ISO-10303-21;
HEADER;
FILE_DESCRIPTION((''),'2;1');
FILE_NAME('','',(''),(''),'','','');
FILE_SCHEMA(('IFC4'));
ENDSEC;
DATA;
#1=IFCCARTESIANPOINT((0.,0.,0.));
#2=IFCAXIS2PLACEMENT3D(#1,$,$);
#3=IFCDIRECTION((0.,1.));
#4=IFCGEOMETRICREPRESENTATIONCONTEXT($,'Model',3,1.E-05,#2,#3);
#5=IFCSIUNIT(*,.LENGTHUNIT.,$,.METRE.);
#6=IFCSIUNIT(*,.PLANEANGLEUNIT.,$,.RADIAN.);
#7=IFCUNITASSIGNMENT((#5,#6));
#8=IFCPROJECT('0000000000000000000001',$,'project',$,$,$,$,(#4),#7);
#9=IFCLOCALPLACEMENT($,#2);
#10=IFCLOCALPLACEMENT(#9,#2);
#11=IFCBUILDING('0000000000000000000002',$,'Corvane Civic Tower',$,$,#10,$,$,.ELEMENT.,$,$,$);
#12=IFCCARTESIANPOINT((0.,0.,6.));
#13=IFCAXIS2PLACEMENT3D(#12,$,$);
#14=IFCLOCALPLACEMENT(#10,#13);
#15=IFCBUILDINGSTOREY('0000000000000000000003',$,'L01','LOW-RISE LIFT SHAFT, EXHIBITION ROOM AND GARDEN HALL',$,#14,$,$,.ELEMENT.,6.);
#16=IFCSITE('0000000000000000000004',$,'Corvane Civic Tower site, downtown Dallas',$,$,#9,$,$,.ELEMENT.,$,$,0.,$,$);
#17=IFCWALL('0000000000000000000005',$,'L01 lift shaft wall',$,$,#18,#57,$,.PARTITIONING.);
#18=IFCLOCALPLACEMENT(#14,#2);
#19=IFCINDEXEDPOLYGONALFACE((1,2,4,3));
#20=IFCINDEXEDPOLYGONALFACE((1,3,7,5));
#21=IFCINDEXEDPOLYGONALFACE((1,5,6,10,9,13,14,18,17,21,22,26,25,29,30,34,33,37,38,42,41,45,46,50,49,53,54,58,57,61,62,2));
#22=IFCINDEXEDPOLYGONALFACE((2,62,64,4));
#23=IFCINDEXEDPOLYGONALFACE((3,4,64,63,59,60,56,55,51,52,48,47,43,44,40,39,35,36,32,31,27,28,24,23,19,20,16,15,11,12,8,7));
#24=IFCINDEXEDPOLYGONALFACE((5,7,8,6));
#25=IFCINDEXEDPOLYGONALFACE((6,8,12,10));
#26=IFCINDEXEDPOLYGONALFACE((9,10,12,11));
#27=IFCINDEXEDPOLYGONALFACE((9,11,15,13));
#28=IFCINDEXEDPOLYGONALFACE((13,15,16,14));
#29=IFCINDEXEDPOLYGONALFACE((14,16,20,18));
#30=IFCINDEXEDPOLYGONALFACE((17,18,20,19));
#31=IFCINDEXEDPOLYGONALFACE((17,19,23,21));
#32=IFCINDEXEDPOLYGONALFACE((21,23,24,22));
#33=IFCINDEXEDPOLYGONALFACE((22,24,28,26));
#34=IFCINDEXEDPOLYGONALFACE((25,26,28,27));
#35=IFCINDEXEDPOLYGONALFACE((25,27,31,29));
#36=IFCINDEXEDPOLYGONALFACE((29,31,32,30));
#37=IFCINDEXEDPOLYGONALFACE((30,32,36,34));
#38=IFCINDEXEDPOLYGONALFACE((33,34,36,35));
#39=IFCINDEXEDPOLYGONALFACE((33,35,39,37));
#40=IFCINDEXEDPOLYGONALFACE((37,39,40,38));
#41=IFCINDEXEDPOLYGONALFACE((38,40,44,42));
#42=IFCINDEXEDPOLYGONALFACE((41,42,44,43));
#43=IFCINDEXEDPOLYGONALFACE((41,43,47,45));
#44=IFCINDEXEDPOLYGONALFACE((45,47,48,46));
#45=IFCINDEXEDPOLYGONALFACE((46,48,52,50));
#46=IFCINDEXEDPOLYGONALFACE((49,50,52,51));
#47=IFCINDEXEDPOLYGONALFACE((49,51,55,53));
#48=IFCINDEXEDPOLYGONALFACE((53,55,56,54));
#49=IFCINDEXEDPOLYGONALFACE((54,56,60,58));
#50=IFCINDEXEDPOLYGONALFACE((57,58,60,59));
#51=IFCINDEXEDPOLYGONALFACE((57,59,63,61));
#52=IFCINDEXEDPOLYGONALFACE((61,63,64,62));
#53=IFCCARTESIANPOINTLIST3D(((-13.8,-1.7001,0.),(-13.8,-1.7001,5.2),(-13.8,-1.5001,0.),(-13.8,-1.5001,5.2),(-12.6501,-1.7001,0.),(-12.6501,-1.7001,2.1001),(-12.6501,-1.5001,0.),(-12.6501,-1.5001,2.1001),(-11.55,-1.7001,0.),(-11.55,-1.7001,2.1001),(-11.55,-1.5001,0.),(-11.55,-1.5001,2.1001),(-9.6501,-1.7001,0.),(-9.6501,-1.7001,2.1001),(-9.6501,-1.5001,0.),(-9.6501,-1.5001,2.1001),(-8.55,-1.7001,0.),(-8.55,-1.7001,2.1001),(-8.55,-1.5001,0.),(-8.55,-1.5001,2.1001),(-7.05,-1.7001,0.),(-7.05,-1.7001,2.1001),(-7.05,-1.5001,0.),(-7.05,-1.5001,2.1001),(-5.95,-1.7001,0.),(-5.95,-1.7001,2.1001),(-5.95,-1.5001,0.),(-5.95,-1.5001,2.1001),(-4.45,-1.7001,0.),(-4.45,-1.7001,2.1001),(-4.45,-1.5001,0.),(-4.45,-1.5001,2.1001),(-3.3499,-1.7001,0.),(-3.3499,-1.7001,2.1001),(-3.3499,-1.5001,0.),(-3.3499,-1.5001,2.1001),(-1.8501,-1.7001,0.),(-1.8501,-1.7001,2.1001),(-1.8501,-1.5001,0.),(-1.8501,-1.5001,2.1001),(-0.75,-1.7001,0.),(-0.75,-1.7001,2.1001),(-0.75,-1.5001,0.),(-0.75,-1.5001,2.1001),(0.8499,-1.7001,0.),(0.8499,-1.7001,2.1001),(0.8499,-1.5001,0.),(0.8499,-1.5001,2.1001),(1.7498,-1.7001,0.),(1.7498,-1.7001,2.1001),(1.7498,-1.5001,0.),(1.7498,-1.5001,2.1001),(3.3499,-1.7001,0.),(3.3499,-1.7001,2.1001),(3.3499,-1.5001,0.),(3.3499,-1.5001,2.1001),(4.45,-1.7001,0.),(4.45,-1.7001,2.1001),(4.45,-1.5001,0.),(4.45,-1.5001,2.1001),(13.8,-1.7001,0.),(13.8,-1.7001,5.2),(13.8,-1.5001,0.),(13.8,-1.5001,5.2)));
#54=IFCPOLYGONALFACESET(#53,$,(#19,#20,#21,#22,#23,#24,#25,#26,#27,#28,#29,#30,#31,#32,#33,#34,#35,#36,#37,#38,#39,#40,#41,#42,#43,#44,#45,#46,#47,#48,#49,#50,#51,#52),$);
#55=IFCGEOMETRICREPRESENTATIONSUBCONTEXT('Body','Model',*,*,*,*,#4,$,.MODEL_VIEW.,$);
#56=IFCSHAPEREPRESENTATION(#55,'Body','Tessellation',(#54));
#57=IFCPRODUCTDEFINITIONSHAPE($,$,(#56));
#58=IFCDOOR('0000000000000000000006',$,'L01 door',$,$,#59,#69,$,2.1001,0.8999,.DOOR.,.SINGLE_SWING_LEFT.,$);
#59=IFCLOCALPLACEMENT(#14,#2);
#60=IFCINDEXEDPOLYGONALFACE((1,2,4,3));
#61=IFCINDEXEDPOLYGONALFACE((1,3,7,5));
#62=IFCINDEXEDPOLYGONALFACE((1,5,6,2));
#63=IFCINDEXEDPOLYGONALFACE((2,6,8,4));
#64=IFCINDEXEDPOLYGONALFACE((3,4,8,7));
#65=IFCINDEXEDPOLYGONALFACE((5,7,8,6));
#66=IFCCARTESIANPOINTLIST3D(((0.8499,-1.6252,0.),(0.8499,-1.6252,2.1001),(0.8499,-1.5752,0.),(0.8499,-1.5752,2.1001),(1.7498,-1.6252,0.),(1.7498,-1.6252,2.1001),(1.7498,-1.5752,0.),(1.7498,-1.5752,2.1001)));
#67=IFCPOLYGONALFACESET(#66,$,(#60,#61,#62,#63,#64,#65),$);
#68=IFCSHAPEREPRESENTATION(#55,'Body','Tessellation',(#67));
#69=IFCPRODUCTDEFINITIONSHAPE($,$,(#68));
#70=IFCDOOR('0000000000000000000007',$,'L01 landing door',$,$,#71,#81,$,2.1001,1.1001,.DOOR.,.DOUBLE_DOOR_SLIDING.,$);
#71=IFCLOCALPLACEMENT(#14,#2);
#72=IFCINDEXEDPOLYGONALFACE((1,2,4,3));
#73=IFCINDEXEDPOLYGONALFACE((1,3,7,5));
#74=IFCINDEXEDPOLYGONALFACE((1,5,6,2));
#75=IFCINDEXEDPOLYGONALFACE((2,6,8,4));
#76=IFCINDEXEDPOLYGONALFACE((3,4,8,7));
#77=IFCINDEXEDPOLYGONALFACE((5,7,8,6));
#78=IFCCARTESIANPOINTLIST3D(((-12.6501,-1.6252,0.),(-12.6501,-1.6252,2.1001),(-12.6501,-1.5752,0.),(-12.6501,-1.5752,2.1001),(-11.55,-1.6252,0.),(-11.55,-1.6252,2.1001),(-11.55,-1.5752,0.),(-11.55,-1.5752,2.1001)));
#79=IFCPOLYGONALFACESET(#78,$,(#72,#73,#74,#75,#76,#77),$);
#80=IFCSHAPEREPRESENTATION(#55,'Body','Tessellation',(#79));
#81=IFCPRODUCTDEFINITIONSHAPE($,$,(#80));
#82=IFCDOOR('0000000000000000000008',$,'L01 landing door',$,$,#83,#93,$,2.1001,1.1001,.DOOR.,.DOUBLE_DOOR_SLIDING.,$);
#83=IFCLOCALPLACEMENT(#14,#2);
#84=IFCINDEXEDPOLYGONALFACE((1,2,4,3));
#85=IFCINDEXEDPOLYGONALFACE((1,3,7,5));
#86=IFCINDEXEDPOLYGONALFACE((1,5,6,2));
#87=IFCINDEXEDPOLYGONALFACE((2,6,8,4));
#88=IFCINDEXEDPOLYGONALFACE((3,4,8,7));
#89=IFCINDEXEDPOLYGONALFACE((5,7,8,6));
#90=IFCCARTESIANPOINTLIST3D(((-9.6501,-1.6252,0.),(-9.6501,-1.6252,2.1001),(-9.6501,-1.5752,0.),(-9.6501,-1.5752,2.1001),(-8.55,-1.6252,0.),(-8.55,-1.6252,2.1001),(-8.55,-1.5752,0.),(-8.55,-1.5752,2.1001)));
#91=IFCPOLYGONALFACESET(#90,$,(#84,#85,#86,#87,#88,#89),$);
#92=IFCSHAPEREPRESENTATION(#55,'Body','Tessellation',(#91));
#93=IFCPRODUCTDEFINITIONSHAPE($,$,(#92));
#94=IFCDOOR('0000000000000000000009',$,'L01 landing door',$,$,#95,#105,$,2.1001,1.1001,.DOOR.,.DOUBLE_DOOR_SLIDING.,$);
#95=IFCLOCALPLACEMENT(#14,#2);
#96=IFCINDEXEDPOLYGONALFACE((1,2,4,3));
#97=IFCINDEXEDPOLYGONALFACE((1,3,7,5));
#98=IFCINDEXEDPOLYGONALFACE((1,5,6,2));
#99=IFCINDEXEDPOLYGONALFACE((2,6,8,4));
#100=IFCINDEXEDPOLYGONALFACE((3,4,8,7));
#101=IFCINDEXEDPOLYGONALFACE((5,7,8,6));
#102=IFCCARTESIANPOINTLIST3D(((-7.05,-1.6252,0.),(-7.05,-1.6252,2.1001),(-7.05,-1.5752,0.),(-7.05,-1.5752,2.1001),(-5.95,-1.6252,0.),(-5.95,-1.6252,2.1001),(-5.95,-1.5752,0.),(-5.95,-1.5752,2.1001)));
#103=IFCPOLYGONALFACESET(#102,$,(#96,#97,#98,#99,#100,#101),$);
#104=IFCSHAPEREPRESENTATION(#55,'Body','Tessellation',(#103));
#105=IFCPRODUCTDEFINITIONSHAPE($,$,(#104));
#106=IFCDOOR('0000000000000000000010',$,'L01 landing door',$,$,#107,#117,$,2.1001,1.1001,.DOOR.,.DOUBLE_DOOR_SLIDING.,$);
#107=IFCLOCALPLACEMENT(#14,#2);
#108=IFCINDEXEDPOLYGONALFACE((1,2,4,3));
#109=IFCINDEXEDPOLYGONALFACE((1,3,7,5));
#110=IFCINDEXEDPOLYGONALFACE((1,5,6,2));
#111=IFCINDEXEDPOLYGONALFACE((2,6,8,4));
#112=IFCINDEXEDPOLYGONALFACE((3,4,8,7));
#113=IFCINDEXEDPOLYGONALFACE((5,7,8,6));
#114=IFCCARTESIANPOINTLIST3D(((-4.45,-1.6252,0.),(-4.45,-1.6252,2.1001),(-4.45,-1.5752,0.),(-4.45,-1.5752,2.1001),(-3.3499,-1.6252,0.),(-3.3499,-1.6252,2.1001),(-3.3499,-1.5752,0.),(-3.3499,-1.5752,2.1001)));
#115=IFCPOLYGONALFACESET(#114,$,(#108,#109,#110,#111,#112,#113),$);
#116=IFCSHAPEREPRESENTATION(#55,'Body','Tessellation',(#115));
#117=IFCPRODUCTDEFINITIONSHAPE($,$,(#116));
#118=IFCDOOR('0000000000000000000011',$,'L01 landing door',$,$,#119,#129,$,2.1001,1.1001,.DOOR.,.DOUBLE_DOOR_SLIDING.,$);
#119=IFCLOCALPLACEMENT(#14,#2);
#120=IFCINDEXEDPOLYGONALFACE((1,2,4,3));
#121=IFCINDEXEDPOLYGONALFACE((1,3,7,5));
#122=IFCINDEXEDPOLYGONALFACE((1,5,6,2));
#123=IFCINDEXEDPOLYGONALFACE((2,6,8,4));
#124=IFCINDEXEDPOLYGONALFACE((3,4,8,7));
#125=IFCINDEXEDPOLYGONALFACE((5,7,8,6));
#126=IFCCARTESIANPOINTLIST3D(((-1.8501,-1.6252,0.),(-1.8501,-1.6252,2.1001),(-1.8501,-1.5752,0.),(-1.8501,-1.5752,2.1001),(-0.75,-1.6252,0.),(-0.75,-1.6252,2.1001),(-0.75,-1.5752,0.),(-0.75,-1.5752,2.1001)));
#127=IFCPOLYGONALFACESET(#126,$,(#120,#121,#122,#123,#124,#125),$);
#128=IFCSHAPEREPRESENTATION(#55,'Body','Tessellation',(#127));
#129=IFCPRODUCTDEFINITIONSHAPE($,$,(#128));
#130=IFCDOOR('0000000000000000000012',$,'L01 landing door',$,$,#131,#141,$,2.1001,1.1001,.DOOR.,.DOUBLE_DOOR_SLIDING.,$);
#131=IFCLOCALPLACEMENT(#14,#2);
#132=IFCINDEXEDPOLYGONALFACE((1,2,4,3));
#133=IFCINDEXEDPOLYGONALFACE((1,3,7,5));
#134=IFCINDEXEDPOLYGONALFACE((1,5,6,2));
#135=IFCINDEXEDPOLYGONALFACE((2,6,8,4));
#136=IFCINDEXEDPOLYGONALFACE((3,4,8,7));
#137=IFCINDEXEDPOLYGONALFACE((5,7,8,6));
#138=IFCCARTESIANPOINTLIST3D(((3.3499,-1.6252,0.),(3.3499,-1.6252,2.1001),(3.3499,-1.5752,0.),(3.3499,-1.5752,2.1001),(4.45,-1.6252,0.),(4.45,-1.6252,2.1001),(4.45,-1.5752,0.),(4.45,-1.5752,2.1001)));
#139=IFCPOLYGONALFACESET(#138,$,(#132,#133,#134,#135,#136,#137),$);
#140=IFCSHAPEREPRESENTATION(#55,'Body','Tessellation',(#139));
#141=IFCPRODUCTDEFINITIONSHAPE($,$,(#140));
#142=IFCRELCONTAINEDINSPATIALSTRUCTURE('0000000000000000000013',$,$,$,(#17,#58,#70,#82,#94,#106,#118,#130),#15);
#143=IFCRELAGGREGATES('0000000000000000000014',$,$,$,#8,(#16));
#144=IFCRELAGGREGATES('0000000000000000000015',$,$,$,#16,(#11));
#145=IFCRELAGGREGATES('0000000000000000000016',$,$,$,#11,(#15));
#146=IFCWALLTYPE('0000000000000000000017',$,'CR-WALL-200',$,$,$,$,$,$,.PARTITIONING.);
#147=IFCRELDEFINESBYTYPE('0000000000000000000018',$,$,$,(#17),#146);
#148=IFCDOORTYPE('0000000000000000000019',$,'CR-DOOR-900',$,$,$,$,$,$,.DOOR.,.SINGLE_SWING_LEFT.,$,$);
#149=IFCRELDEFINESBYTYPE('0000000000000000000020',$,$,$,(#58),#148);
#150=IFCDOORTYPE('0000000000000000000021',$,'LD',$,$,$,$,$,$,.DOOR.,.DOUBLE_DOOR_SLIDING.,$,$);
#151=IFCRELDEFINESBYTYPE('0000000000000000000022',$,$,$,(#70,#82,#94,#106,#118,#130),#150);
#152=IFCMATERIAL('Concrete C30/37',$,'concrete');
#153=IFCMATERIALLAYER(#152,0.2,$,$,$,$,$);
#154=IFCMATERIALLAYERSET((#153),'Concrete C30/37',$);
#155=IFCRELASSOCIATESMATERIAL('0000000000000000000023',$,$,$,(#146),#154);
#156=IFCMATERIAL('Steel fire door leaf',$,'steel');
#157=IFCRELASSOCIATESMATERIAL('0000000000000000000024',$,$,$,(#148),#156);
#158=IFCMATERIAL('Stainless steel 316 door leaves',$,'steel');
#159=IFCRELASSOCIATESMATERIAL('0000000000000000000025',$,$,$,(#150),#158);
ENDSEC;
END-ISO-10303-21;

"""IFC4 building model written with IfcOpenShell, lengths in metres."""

from ifc_helpers import new_model, si_unit, direction, frame, frame_2d, origin, place, context, subcontext, project, spatial, rectangle, extrude, material, layer, layer_set, type_object, element, fill, save


model = new_model("IFC4")

# Units and contexts
model_context = context("Model", 3, precision=1e-05, world=origin(), true_north=direction((0.0, 1.0)))
body_context = subcontext(model_context, "Body", "Model", "MODEL_VIEW")
ifc_project = project(units=[si_unit("LENGTHUNIT", "METRE"), si_unit("PLANEANGLEUNIT", "RADIAN")], contexts=[model_context])

# Site, building, storey
site_placement = place(None, origin())
site = spatial("IfcSite", under=ifc_project, at=site_placement, Name="Corvane Civic Tower site, downtown Dallas", CompositionType="ELEMENT", RefElevation=0.0)
building_placement = place(site_placement, origin())
building = spatial("IfcBuilding", under=site, at=building_placement, Name="Corvane Civic Tower", CompositionType="ELEMENT")
storey_placement = place(building_placement, frame((0.0, 0.0, 6.0)))
storey = spatial("IfcBuildingStorey", under=building, at=storey_placement, Name="L01", Description="LOW-RISE LIFT SHAFT, EXHIBITION ROOM AND GARDEN HALL", CompositionType="ELEMENT", Elevation=6.0)

# Shared definitions
ifc_material_1 = material(Name="Concrete C30/37", Category="concrete")
ifc_layer_1 = layer(ifc_material_1, 0.2)
ifc_layer_set_1 = layer_set([ifc_layer_1], Name="Concrete C30/37")
wall_type_1 = type_object("IfcWallType", Name="CR-WALL-200", PredefinedType="PARTITIONING", material=ifc_layer_set_1)
ifc_material_2 = material(Name="Steel fire door leaf", Category="steel")
door_type_1 = type_object("IfcDoorType", Name="CR-DOOR-900", OperationType="SINGLE_SWING_LEFT", PredefinedType="DOOR", material=ifc_material_2)

# Wall, openings, doors
wall_1_placement = place(storey_placement, frame((-13.8, -1.6001, 0.0), z_axis=(0.0, 0.0, 1.0), x_axis=(1.0, 0.0, 0.0)))
wall_1 = element("IfcWall", 1, at=wall_1_placement, inside=storey, type_object=wall_type_1, Name="L01 lift shaft wall", PredefinedType="PARTITIONING", context=body_context, shape_type="SweptSolid", body=[
    extrude(rectangle(XDim=27.6001, YDim=0.2, at=frame_2d((13.8, 0.0))), origin(), (0.0, 0.0, 1.0), 5.2),
])
opening_1_placement = place(wall_1_placement, frame((1.1499, 0.0, 0.0)))
opening_1 = element("IfcOpeningElement", 2, at=opening_1_placement, cuts=wall_1, PredefinedType="OPENING", context=body_context, shape_type="SweptSolid", body=[
    extrude(rectangle(XDim=1.1001, YDim=2.1001, at=frame_2d((0.55, 1.05))), frame((0.0, 0.1099, 0.0), z_axis=(0.0, -1.0, 0.0), x_axis=(1.0, 0.0, 0.0)), (0.0, 0.0, 1.0), 0.22),
])
opening_2_placement = place(wall_1_placement, frame((4.1499, 0.0, 0.0)))
opening_2 = element("IfcOpeningElement", 3, at=opening_2_placement, cuts=wall_1, PredefinedType="OPENING", context=body_context, shape_type="SweptSolid", body=[
    extrude(rectangle(XDim=1.1001, YDim=2.1001, at=frame_2d((0.55, 1.05))), frame((0.0, 0.1099, 0.0), z_axis=(0.0, -1.0, 0.0), x_axis=(1.0, 0.0, 0.0)), (0.0, 0.0, 1.0), 0.22),
])
opening_3_placement = place(wall_1_placement, frame((6.75, 0.0, 0.0)))
opening_3 = element("IfcOpeningElement", 4, at=opening_3_placement, cuts=wall_1, PredefinedType="OPENING", context=body_context, shape_type="SweptSolid", body=[
    extrude(rectangle(XDim=1.1001, YDim=2.1001, at=frame_2d((0.55, 1.05))), frame((0.0, 0.1099, 0.0), z_axis=(0.0, -1.0, 0.0), x_axis=(1.0, 0.0, 0.0)), (0.0, 0.0, 1.0), 0.22),
])
opening_4_placement = place(wall_1_placement, frame((9.3501, 0.0, 0.0)))
opening_4 = element("IfcOpeningElement", 5, at=opening_4_placement, cuts=wall_1, PredefinedType="OPENING", context=body_context, shape_type="SweptSolid", body=[
    extrude(rectangle(XDim=1.1001, YDim=2.1001, at=frame_2d((0.55, 1.05))), frame((0.0, 0.1099, 0.0), z_axis=(0.0, -1.0, 0.0), x_axis=(1.0, 0.0, 0.0)), (0.0, 0.0, 1.0), 0.22),
])
opening_5_placement = place(wall_1_placement, frame((11.95, 0.0, 0.0)))
opening_5 = element("IfcOpeningElement", 6, at=opening_5_placement, cuts=wall_1, PredefinedType="OPENING", context=body_context, shape_type="SweptSolid", body=[
    extrude(rectangle(XDim=1.1001, YDim=2.1001, at=frame_2d((0.55, 1.05))), frame((0.0, 0.1099, 0.0), z_axis=(0.0, -1.0, 0.0), x_axis=(1.0, 0.0, 0.0)), (0.0, 0.0, 1.0), 0.22),
])
opening_6_placement = place(wall_1_placement, frame((14.6499, 0.0, 0.0)))
opening_6 = element("IfcOpeningElement", 7, at=opening_6_placement, cuts=wall_1, PredefinedType="OPENING", context=body_context, shape_type="SweptSolid", body=[
    extrude(rectangle(XDim=0.8999, YDim=2.1001, at=frame_2d((0.45, 1.05))), frame((0.0, 0.1099, 0.0), z_axis=(0.0, -1.0, 0.0), x_axis=(1.0, 0.0, 0.0)), (0.0, 0.0, 1.0), 0.22),
])
opening_7_placement = place(wall_1_placement, frame((17.1499, 0.0, 0.0)))
opening_7 = element("IfcOpeningElement", 8, at=opening_7_placement, cuts=wall_1, PredefinedType="OPENING", context=body_context, shape_type="SweptSolid", body=[
    extrude(rectangle(XDim=1.1001, YDim=2.1001, at=frame_2d((0.55, 1.05))), frame((0.0, 0.1099, 0.0), z_axis=(0.0, -1.0, 0.0), x_axis=(1.0, 0.0, 0.0)), (0.0, 0.0, 1.0), 0.22),
])
door_1_placement = place(opening_6_placement, origin())
door_1 = element("IfcDoor", 9, at=door_1_placement, inside=storey, type_object=door_type_1, Name="L01 door", OperationType="SINGLE_SWING_LEFT", OverallHeight=2.1001, OverallWidth=0.8999, PredefinedType="DOOR", context=body_context, shape_type="SweptSolid", body=[
    extrude(rectangle(XDim=0.8999, YDim=2.1001, at=frame_2d((0.45, 1.05))), frame((0.0, 0.0249, 0.0), z_axis=(0.0, -1.0, 0.0), x_axis=(1.0, 0.0, 0.0)), (0.0, 0.0, 1.0), 0.05),
])
fill(opening_6, door_1)
ifc_material_3 = material(Name="Stainless steel 316 door leaves", Category="steel")
door_type_2 = type_object("IfcDoorType", Name="LD", OperationType="DOUBLE_DOOR_SLIDING", PredefinedType="DOOR", material=ifc_material_3)
door_2_placement = place(opening_1_placement, origin())
door_2 = element("IfcDoor", 10, at=door_2_placement, inside=storey, type_object=door_type_2, Name="L01 landing door", OperationType="DOUBLE_DOOR_SLIDING", OverallHeight=2.1001, OverallWidth=1.1001, PredefinedType="DOOR", context=body_context, shape_type="SweptSolid", body=[
    extrude(rectangle(XDim=1.1001, YDim=2.1001, at=frame_2d((0.55, 1.05))), frame((0.0, 0.0249, 0.0), z_axis=(0.0, -1.0, 0.0), x_axis=(1.0, 0.0, 0.0)), (0.0, 0.0, 1.0), 0.05),
])
fill(opening_1, door_2)
door_3_placement = place(opening_2_placement, origin())
door_3 = element("IfcDoor", 11, at=door_3_placement, inside=storey, type_object=door_type_2, Name="L01 landing door", OperationType="DOUBLE_DOOR_SLIDING", OverallHeight=2.1001, OverallWidth=1.1001, PredefinedType="DOOR", context=body_context, shape_type="SweptSolid", body=[
    extrude(rectangle(XDim=1.1001, YDim=2.1001, at=frame_2d((0.55, 1.05))), frame((0.0, 0.0249, 0.0), z_axis=(0.0, -1.0, 0.0), x_axis=(1.0, 0.0, 0.0)), (0.0, 0.0, 1.0), 0.05),
])
fill(opening_2, door_3)
door_4_placement = place(opening_3_placement, origin())
door_4 = element("IfcDoor", 12, at=door_4_placement, inside=storey, type_object=door_type_2, Name="L01 landing door", OperationType="DOUBLE_DOOR_SLIDING", OverallHeight=2.1001, OverallWidth=1.1001, PredefinedType="DOOR", context=body_context, shape_type="SweptSolid", body=[
    extrude(rectangle(XDim=1.1001, YDim=2.1001, at=frame_2d((0.55, 1.05))), frame((0.0, 0.0249, 0.0), z_axis=(0.0, -1.0, 0.0), x_axis=(1.0, 0.0, 0.0)), (0.0, 0.0, 1.0), 0.05),
])
fill(opening_3, door_4)
door_5_placement = place(opening_4_placement, origin())
door_5 = element("IfcDoor", 13, at=door_5_placement, inside=storey, type_object=door_type_2, Name="L01 landing door", OperationType="DOUBLE_DOOR_SLIDING", OverallHeight=2.1001, OverallWidth=1.1001, PredefinedType="DOOR", context=body_context, shape_type="SweptSolid", body=[
    extrude(rectangle(XDim=1.1001, YDim=2.1001, at=frame_2d((0.55, 1.05))), frame((0.0, 0.0249, 0.0), z_axis=(0.0, -1.0, 0.0), x_axis=(1.0, 0.0, 0.0)), (0.0, 0.0, 1.0), 0.05),
])
fill(opening_4, door_5)
door_6_placement = place(opening_5_placement, origin())
door_6 = element("IfcDoor", 14, at=door_6_placement, inside=storey, type_object=door_type_2, Name="L01 landing door", OperationType="DOUBLE_DOOR_SLIDING", OverallHeight=2.1001, OverallWidth=1.1001, PredefinedType="DOOR", context=body_context, shape_type="SweptSolid", body=[
    extrude(rectangle(XDim=1.1001, YDim=2.1001, at=frame_2d((0.55, 1.05))), frame((0.0, 0.0249, 0.0), z_axis=(0.0, -1.0, 0.0), x_axis=(1.0, 0.0, 0.0)), (0.0, 0.0, 1.0), 0.05),
])
fill(opening_5, door_6)
door_7_placement = place(opening_7_placement, origin())
door_7 = element("IfcDoor", 15, at=door_7_placement, inside=storey, type_object=door_type_2, Name="L01 landing door", OperationType="DOUBLE_DOOR_SLIDING", OverallHeight=2.1001, OverallWidth=1.1001, PredefinedType="DOOR", context=body_context, shape_type="SweptSolid", body=[
    extrude(rectangle(XDim=1.1001, YDim=2.1001, at=frame_2d((0.55, 1.05))), frame((0.0, 0.0249, 0.0), z_axis=(0.0, -1.0, 0.0), x_axis=(1.0, 0.0, 0.0)), (0.0, 0.0, 1.0), 0.05),
])
fill(opening_7, door_7)

save(model, "model.ifc")
